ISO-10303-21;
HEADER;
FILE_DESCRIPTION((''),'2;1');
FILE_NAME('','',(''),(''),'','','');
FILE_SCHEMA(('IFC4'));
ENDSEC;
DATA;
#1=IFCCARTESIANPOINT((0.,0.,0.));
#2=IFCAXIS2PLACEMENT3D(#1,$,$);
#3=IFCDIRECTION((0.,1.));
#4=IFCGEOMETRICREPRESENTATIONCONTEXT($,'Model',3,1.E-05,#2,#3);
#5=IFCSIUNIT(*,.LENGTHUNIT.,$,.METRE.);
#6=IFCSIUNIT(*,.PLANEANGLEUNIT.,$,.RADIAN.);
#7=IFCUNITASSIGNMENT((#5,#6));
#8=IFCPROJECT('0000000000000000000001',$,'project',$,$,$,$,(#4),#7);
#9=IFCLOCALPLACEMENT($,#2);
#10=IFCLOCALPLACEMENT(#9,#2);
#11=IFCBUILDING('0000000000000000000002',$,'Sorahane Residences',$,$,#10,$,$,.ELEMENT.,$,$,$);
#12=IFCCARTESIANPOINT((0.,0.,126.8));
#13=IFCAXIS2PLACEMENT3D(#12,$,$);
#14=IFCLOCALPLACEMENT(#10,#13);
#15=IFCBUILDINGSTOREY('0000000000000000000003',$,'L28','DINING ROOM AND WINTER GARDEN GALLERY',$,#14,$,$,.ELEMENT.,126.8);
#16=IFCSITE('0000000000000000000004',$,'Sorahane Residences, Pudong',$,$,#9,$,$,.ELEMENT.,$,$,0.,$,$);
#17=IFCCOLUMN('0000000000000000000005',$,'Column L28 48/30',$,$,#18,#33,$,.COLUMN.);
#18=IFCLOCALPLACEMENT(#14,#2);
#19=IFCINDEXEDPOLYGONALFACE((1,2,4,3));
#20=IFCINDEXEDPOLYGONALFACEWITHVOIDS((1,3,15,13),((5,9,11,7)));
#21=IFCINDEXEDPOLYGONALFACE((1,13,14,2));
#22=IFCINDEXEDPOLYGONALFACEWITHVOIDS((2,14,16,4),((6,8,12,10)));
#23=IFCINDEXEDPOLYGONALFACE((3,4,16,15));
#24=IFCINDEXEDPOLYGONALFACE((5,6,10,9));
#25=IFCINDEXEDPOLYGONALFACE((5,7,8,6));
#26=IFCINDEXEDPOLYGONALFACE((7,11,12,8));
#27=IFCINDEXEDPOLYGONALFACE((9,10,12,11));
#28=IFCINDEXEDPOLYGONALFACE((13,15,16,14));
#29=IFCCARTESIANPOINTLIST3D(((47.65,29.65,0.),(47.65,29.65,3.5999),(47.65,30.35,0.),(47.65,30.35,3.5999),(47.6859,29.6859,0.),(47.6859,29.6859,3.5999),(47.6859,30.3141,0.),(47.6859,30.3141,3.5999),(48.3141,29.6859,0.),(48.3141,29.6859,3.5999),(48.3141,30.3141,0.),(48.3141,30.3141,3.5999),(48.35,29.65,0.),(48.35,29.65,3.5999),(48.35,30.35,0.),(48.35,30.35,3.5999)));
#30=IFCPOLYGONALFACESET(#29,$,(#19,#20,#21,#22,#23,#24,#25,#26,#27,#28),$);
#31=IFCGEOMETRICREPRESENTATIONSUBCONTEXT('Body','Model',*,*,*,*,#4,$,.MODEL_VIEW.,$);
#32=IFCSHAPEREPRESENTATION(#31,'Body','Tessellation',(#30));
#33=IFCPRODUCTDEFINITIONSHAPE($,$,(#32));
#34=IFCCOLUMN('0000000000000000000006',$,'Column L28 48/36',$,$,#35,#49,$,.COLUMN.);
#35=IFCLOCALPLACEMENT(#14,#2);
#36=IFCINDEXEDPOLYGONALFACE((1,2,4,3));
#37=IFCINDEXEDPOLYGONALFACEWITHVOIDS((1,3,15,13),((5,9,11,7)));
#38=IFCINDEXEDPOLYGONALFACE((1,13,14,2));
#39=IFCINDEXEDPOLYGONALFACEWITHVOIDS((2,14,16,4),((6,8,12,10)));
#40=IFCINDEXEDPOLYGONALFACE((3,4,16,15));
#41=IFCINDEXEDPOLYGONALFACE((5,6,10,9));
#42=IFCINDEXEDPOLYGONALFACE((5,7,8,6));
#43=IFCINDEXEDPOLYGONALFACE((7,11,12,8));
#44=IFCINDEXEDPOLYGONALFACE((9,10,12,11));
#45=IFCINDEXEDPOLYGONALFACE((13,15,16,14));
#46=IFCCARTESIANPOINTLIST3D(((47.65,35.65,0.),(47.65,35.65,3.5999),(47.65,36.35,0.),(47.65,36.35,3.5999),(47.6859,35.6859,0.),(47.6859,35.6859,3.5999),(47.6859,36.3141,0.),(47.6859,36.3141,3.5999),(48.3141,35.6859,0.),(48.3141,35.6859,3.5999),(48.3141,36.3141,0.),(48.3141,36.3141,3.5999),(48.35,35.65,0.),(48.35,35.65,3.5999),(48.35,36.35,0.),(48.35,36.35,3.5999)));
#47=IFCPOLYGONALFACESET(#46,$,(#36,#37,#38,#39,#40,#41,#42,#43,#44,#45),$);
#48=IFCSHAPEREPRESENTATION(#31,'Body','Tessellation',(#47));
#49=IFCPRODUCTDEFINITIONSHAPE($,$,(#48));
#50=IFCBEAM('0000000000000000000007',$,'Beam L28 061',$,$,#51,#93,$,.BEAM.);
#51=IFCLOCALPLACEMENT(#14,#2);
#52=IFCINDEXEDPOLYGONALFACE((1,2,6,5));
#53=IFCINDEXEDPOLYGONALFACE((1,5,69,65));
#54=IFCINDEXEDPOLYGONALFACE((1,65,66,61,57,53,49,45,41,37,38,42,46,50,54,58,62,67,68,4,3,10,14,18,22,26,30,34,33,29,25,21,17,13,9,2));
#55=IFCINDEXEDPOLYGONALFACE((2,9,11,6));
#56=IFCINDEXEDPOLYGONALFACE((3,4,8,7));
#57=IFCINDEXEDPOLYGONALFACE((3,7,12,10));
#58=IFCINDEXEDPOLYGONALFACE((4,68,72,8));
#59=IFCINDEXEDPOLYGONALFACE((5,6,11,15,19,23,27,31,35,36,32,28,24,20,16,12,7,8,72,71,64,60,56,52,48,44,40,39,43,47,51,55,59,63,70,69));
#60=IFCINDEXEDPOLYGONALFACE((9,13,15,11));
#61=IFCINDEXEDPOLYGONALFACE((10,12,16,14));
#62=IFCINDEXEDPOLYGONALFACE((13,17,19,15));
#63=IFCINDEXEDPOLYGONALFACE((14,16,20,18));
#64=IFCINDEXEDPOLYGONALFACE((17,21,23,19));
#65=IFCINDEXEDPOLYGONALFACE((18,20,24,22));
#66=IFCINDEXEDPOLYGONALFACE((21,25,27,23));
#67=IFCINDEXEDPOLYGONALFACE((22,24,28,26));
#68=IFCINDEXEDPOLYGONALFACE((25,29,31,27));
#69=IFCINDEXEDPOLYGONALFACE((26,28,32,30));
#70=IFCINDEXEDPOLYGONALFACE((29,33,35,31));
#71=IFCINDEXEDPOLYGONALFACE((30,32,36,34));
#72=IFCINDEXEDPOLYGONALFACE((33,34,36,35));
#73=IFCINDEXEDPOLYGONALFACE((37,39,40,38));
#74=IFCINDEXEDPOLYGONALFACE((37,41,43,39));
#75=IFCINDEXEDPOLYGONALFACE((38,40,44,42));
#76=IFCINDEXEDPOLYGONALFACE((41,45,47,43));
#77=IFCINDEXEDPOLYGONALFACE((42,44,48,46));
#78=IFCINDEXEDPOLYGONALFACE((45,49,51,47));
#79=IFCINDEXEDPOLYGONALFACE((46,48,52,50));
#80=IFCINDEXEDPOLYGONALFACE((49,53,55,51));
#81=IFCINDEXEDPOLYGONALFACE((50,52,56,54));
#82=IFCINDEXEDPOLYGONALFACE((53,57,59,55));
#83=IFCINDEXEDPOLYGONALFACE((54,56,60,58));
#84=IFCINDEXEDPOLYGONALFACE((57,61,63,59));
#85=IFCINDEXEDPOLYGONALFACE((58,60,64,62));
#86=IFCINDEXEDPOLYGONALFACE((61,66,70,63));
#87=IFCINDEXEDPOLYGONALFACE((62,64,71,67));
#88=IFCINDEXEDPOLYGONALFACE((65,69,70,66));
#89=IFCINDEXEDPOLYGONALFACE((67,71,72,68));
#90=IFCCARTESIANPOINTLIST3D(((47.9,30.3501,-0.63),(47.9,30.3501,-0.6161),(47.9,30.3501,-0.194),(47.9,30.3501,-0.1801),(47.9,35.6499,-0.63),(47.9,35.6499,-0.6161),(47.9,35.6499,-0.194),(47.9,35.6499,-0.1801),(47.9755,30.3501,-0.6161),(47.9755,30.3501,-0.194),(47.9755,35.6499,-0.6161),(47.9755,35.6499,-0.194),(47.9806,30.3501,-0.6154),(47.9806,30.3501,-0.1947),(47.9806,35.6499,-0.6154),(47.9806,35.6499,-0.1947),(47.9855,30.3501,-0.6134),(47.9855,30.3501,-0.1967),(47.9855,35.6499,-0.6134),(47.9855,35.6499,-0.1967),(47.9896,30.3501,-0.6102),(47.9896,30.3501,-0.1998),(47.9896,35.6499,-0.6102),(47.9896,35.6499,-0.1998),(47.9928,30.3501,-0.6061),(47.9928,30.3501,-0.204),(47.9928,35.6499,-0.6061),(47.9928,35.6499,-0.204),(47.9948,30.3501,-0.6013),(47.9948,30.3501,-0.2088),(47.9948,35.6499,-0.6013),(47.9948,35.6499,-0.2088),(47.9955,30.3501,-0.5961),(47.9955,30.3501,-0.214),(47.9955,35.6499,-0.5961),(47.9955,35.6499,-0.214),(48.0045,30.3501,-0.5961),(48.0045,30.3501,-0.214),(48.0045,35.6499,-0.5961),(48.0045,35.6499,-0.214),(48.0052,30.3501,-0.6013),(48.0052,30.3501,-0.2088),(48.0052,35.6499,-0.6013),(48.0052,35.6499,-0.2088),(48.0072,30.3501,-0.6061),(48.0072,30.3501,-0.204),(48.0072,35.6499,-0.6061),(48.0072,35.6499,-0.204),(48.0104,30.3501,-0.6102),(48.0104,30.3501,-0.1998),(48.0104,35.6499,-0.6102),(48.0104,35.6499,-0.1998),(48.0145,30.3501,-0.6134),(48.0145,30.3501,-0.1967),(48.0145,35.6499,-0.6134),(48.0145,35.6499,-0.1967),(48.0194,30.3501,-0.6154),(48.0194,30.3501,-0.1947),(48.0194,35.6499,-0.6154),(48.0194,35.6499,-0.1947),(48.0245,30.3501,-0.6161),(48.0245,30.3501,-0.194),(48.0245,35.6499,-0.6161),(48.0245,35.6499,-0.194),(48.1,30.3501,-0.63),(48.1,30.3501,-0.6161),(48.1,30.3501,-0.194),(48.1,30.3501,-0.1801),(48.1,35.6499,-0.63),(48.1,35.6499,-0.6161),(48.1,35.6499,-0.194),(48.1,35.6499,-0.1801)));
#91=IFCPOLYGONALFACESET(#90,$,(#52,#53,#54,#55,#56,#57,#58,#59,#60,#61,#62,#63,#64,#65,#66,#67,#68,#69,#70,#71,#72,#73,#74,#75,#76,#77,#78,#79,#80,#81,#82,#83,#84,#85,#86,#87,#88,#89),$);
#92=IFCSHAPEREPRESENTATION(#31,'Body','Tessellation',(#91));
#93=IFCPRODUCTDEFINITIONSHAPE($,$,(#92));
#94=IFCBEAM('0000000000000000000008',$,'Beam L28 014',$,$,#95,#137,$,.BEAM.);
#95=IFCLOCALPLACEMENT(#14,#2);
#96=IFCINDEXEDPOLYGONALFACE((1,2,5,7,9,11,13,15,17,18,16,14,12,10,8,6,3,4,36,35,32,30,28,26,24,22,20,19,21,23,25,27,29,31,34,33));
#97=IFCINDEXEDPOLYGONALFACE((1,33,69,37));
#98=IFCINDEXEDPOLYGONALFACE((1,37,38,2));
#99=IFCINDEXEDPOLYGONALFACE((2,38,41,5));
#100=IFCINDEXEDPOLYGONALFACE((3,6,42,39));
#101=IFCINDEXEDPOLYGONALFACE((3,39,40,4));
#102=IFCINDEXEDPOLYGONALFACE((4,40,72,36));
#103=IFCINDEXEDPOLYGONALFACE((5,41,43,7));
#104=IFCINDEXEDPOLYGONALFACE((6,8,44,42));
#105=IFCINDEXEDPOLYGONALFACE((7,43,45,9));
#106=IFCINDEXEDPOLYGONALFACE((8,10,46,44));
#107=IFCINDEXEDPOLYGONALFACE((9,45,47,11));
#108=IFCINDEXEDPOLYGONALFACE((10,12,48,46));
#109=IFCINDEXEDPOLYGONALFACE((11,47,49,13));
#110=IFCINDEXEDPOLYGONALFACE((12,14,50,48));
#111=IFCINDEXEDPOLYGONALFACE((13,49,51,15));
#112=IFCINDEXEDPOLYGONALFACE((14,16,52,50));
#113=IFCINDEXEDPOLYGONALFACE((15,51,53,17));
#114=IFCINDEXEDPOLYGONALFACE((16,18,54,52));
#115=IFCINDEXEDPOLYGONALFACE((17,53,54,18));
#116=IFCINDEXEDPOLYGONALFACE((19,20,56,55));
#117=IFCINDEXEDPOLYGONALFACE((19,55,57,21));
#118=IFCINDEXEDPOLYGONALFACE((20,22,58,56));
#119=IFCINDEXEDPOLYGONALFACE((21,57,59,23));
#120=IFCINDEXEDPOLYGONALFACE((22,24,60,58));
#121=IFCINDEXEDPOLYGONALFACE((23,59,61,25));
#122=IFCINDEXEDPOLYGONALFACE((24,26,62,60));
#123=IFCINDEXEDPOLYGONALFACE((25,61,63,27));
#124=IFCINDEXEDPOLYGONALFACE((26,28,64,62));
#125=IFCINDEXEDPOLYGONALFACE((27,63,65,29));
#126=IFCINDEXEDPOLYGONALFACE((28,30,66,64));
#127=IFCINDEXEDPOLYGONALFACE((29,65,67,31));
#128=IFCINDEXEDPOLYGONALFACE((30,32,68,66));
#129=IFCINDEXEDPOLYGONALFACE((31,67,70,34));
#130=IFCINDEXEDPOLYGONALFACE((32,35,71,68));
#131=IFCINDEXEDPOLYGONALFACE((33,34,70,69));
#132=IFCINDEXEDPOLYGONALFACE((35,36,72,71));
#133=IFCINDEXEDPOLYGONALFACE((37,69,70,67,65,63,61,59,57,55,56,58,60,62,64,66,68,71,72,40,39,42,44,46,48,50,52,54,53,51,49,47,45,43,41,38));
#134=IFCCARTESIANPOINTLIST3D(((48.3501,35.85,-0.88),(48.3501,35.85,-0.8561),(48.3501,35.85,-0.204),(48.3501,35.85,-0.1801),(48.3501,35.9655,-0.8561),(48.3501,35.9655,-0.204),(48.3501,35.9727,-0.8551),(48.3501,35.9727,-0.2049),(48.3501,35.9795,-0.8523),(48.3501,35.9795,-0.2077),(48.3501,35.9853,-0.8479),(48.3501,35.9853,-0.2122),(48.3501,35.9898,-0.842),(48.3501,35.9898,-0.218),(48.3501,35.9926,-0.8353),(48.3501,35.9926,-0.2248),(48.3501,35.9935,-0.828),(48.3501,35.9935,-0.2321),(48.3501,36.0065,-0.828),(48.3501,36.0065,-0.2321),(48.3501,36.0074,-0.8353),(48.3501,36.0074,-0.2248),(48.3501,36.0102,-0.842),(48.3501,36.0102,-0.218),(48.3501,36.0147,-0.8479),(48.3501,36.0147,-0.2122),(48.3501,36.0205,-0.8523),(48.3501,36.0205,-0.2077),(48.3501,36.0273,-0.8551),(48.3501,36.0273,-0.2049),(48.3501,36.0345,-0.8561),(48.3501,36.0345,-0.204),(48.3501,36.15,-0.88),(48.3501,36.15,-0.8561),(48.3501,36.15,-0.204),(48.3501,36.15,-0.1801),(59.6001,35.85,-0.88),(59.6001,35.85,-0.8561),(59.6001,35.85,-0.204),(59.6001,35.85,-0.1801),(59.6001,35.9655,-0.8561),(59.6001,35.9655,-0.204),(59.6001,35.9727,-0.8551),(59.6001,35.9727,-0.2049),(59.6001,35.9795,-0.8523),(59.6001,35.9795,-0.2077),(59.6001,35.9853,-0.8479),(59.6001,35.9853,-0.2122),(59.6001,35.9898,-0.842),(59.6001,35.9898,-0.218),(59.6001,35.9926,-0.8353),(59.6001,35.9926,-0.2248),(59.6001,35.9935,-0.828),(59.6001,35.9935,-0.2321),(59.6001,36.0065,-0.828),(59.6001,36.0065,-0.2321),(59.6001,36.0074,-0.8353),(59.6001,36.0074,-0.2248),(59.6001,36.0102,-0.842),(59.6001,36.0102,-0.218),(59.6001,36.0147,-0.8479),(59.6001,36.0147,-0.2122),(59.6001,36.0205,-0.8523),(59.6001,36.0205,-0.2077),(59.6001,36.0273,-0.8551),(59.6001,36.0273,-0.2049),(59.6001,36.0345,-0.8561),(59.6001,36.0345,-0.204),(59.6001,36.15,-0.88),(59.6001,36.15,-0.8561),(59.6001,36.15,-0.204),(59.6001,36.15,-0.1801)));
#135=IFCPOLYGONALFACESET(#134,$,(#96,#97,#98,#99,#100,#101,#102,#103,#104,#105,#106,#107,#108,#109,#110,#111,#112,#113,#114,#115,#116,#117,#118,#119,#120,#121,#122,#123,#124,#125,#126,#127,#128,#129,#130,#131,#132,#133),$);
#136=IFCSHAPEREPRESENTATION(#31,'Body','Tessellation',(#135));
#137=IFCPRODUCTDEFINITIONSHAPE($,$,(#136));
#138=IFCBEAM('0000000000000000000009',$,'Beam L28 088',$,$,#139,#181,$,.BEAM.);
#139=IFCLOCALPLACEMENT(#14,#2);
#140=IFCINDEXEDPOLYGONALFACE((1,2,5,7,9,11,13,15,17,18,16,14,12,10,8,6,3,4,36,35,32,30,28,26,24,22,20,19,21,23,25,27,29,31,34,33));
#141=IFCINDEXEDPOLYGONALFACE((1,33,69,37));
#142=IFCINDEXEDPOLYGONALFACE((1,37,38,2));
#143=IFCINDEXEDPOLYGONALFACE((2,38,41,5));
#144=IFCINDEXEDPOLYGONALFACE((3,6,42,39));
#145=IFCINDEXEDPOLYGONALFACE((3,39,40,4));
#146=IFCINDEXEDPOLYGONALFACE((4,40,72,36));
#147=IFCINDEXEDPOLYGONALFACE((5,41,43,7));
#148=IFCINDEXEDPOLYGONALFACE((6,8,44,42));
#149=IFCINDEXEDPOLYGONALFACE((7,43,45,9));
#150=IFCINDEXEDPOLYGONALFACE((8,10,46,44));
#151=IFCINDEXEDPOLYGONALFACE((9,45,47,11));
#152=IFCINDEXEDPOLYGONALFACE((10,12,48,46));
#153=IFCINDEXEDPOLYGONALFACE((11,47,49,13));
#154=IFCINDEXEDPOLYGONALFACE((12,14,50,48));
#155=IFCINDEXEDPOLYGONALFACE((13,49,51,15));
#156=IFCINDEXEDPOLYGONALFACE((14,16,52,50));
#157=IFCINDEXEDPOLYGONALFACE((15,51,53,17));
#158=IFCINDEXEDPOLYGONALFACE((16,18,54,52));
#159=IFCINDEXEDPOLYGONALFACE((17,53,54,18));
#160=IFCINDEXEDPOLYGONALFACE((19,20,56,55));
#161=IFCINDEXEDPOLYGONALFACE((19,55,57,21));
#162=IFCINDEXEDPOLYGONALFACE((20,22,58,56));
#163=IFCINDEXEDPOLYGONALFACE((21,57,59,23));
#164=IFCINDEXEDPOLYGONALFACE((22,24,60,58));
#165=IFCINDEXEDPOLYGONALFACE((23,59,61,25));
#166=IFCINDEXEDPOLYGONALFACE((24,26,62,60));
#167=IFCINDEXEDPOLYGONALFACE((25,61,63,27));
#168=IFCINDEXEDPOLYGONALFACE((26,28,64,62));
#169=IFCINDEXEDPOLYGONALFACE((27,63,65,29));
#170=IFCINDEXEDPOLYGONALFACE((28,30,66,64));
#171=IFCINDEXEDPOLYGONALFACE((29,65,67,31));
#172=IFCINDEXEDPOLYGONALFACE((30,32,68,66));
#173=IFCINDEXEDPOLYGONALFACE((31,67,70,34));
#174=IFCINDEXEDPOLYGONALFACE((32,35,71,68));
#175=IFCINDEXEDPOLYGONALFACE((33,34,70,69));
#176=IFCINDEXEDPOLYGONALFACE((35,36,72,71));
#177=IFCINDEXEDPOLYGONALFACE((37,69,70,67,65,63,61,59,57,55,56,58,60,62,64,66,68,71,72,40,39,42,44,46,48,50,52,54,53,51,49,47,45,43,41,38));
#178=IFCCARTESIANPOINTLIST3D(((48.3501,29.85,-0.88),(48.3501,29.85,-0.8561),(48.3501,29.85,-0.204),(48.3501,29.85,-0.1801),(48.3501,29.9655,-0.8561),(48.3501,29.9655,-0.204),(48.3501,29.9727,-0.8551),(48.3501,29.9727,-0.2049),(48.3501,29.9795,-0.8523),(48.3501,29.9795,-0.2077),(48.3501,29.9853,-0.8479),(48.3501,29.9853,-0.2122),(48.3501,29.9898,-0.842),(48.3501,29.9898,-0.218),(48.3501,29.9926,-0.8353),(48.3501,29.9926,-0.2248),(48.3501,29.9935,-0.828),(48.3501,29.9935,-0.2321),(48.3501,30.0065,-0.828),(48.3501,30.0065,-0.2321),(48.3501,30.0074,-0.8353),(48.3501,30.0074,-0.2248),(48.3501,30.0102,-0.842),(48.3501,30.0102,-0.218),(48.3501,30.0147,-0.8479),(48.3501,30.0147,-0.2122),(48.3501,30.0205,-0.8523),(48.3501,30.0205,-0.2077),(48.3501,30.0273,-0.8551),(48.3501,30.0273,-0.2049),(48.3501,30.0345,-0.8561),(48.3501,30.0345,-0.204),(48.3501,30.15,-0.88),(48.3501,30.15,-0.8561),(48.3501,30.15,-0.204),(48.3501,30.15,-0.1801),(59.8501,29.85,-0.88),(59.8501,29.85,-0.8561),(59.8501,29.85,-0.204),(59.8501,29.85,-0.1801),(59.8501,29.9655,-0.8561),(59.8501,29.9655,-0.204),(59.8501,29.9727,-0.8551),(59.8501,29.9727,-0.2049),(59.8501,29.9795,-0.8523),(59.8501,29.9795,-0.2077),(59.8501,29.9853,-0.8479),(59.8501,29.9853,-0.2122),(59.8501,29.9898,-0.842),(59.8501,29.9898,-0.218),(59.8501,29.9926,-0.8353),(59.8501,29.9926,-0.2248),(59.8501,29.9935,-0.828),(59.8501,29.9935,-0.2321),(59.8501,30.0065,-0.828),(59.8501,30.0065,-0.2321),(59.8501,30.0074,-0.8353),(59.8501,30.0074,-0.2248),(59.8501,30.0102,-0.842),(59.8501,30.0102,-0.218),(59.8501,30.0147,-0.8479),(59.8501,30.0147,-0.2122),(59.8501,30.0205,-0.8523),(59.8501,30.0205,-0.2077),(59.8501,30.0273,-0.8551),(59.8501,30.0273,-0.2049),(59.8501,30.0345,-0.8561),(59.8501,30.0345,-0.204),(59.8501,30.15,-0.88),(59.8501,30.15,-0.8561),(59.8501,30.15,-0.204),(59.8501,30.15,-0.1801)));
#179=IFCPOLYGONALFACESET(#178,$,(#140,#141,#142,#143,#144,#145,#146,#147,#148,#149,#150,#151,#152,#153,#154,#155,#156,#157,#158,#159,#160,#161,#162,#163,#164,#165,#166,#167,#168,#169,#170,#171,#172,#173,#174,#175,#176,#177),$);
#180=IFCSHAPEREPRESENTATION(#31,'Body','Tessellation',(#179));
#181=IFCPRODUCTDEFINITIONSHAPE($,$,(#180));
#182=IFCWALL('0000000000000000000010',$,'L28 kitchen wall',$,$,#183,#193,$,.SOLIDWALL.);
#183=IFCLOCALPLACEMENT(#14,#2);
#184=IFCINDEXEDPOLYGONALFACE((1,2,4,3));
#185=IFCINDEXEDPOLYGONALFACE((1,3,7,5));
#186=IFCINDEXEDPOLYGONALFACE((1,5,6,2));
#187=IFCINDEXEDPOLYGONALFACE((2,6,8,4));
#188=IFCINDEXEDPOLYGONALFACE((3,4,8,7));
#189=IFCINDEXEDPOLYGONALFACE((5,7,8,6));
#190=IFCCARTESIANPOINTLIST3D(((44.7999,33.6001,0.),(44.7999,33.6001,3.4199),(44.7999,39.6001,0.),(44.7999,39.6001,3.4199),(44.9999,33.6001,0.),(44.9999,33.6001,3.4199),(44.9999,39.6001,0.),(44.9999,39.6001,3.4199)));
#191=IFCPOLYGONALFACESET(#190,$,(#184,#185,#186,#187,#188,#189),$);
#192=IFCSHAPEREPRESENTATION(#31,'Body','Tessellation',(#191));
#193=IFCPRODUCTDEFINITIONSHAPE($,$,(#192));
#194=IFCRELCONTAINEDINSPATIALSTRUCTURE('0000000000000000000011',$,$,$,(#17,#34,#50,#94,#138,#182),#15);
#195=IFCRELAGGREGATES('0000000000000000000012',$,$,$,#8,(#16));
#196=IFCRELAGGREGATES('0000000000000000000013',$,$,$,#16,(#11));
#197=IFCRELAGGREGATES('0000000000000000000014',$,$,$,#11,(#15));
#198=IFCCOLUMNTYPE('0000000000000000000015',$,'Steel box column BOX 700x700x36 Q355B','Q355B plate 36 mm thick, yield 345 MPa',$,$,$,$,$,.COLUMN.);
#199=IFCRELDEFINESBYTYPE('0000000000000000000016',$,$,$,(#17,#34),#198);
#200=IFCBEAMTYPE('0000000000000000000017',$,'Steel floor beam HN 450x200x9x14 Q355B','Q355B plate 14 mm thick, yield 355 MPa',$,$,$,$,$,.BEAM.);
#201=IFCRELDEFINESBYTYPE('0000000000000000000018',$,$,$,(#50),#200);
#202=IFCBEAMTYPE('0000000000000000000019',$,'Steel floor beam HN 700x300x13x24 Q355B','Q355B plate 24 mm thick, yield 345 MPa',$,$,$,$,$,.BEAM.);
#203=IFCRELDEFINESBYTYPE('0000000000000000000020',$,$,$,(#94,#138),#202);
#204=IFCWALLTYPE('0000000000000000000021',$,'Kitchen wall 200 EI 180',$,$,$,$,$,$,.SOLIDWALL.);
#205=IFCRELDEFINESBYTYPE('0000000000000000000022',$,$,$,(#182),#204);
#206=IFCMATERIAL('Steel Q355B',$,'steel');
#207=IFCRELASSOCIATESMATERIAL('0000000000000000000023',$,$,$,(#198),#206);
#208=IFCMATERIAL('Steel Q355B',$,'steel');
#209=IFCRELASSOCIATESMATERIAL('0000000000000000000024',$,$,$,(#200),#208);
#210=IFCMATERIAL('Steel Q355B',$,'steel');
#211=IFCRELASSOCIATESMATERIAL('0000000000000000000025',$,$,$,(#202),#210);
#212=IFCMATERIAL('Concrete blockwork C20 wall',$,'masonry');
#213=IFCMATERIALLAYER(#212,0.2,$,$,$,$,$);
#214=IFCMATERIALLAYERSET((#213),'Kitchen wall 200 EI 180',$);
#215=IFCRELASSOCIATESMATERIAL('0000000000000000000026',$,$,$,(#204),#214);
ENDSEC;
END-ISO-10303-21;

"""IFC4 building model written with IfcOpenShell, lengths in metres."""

from ifc_helpers import new_model, si_unit, direction, frame, frame_2d, origin, origin_2d, place, context, subcontext, project, spatial, rectangle, hollow_rectangle, i_section, extrude, material, layer, layer_set, material_profile, profile_set, type_object, element, save


model = new_model("IFC4")

# Units and contexts
model_context = context("Model", 3, precision=1e-05, world=origin(), true_north=direction((0.0, 1.0)))
body_context = subcontext(model_context, "Body", "Model", "MODEL_VIEW")
ifc_project = project(units=[si_unit("LENGTHUNIT", "METRE"), si_unit("PLANEANGLEUNIT", "RADIAN")], contexts=[model_context])

# Site, building, storey
site_placement = place(None, origin())
site = spatial("IfcSite", under=ifc_project, at=site_placement, Name="Sorahane Residences, Pudong", CompositionType="ELEMENT", RefElevation=0.0)
building_placement = place(site_placement, origin())
building = spatial("IfcBuilding", under=site, at=building_placement, Name="Sorahane Residences", CompositionType="ELEMENT")
storey_placement = place(building_placement, frame((0.0, 0.0, 126.8)))
storey = spatial("IfcBuildingStorey", under=building, at=storey_placement, Name="L28", Description="DINING ROOM AND WINTER GARDEN GALLERY", CompositionType="ELEMENT", Elevation=126.8)

# Columns
ifc_material_1 = material(Name="Steel Q355B", Category="steel")
ifc_material_profile_1 = material_profile(ifc_material_1, hollow_rectangle(XDim=0.7, YDim=0.7, WallThickness=0.0359, at=origin_2d()), Name="BOX 700x700x36")
ifc_profile_set_1 = profile_set([ifc_material_profile_1], Name="Steel Q355B")
column_type = type_object("IfcColumnType", Name="Steel box column BOX 700x700x36 Q355B", Description="Q355B plate 36 mm thick, yield 345 MPa", PredefinedType="COLUMN", material=ifc_profile_set_1)
for number, where, z_axis, x_axis, name in (
    (1, (48.0, 30.0, 0.0), (0.0, 0.0, 1.0), (1.0, 0.0, 0.0), "Column L28 48/30"),
    (2, (48.0, 36.0, 0.0), (0.0, 0.0, 1.0), (1.0, 0.0, 0.0), "Column L28 48/36"),
):
    element("IfcColumn", number, at=place(storey_placement, frame(where, z_axis=z_axis, x_axis=x_axis)), inside=storey, type_object=column_type, Name=name, PredefinedType="COLUMN", context=body_context, shape_type="SweptSolid", body=[
        extrude(hollow_rectangle(XDim=0.7, YDim=0.7, WallThickness=0.0359, at=origin_2d()), origin(), (0.0, 0.0, 1.0), 3.5999),
    ])

# Beams
ifc_material_2 = material(Name="Steel Q355B", Category="steel")
ifc_material_profile_2 = material_profile(ifc_material_2, i_section(OverallWidth=0.2, OverallDepth=0.45, WebThickness=0.009, FlangeThickness=0.0139, FilletRadius=0.02, at=origin_2d()), Name="HN 450x200x9x14")
ifc_profile_set_2 = profile_set([ifc_material_profile_2], Name="Steel Q355B")
beam_type_1 = type_object("IfcBeamType", Name="Steel floor beam HN 450x200x9x14 Q355B", Description="Q355B plate 14 mm thick, yield 355 MPa", PredefinedType="BEAM", material=ifc_profile_set_2)
beam_1_placement = place(storey_placement, frame((48.0, 30.3501, -0.405), z_axis=(0.0, 1.0, 0.0), x_axis=(-1.0, 0.0, 0.0)))
element("IfcBeam", 3, at=beam_1_placement, inside=storey, type_object=beam_type_1, Name="Beam L28 061", PredefinedType="BEAM", context=body_context, shape_type="SweptSolid", body=[
    extrude(i_section(OverallWidth=0.2, OverallDepth=0.45, WebThickness=0.009, FlangeThickness=0.0139, FilletRadius=0.02, at=origin_2d()), origin(), (0.0, 0.0, 1.0), 5.2998),
])
ifc_material_3 = material(Name="Steel Q355B", Category="steel")
ifc_material_profile_3 = material_profile(ifc_material_3, i_section(OverallWidth=0.3, OverallDepth=0.7, WebThickness=0.0129, FlangeThickness=0.0239, FilletRadius=0.0281, at=origin_2d()), Name="HN 700x300x13x24")
ifc_profile_set_3 = profile_set([ifc_material_profile_3], Name="Steel Q355B")
beam_type_2 = type_object("IfcBeamType", Name="Steel floor beam HN 700x300x13x24 Q355B", Description="Q355B plate 24 mm thick, yield 345 MPa", PredefinedType="BEAM", material=ifc_profile_set_3)
beam_2_placement = place(storey_placement, frame((48.3501, 36.0, -0.53), z_axis=(1.0, 0.0, 0.0), x_axis=(0.0, 1.0, 0.0)))
element("IfcBeam", 4, at=beam_2_placement, inside=storey, type_object=beam_type_2, Name="Beam L28 014", PredefinedType="BEAM", context=body_context, shape_type="SweptSolid", body=[
    extrude(i_section(OverallWidth=0.3, OverallDepth=0.7, WebThickness=0.0129, FlangeThickness=0.0239, FilletRadius=0.0281, at=origin_2d()), origin(), (0.0, 0.0, 1.0), 11.25),
])
beam_3_placement = place(storey_placement, frame((48.3501, 30.0, -0.53), z_axis=(1.0, 0.0, 0.0), x_axis=(0.0, 1.0, 0.0)))
element("IfcBeam", 5, at=beam_3_placement, inside=storey, type_object=beam_type_2, Name="Beam L28 088", PredefinedType="BEAM", context=body_context, shape_type="SweptSolid", body=[
    extrude(i_section(OverallWidth=0.3, OverallDepth=0.7, WebThickness=0.0129, FlangeThickness=0.0239, FilletRadius=0.0281, at=origin_2d()), origin(), (0.0, 0.0, 1.0), 11.5),
])

# Wall
ifc_material_4 = material(Name="Concrete blockwork C20 wall", Category="masonry")
ifc_layer_1 = layer(ifc_material_4, 0.2)
ifc_layer_set_1 = layer_set([ifc_layer_1], Name="Kitchen wall 200 EI 180")
wall_type_1 = type_object("IfcWallType", Name="Kitchen wall 200 EI 180", PredefinedType="SOLIDWALL", material=ifc_layer_set_1)
wall_1_placement = place(storey_placement, frame((44.8999, 33.6001, 0.0), z_axis=(0.0, 0.0, 1.0), x_axis=(0.0, 1.0, 0.0)))
element("IfcWall", 6, at=wall_1_placement, inside=storey, type_object=wall_type_1, Name="L28 kitchen wall", PredefinedType="SOLIDWALL", context=body_context, shape_type="SweptSolid", body=[
    extrude(rectangle(XDim=6.0, YDim=0.2, at=frame_2d((3.0, 0.0))), origin(), (0.0, 0.0, 1.0), 3.4199),
])

save(model, "model.ifc")
